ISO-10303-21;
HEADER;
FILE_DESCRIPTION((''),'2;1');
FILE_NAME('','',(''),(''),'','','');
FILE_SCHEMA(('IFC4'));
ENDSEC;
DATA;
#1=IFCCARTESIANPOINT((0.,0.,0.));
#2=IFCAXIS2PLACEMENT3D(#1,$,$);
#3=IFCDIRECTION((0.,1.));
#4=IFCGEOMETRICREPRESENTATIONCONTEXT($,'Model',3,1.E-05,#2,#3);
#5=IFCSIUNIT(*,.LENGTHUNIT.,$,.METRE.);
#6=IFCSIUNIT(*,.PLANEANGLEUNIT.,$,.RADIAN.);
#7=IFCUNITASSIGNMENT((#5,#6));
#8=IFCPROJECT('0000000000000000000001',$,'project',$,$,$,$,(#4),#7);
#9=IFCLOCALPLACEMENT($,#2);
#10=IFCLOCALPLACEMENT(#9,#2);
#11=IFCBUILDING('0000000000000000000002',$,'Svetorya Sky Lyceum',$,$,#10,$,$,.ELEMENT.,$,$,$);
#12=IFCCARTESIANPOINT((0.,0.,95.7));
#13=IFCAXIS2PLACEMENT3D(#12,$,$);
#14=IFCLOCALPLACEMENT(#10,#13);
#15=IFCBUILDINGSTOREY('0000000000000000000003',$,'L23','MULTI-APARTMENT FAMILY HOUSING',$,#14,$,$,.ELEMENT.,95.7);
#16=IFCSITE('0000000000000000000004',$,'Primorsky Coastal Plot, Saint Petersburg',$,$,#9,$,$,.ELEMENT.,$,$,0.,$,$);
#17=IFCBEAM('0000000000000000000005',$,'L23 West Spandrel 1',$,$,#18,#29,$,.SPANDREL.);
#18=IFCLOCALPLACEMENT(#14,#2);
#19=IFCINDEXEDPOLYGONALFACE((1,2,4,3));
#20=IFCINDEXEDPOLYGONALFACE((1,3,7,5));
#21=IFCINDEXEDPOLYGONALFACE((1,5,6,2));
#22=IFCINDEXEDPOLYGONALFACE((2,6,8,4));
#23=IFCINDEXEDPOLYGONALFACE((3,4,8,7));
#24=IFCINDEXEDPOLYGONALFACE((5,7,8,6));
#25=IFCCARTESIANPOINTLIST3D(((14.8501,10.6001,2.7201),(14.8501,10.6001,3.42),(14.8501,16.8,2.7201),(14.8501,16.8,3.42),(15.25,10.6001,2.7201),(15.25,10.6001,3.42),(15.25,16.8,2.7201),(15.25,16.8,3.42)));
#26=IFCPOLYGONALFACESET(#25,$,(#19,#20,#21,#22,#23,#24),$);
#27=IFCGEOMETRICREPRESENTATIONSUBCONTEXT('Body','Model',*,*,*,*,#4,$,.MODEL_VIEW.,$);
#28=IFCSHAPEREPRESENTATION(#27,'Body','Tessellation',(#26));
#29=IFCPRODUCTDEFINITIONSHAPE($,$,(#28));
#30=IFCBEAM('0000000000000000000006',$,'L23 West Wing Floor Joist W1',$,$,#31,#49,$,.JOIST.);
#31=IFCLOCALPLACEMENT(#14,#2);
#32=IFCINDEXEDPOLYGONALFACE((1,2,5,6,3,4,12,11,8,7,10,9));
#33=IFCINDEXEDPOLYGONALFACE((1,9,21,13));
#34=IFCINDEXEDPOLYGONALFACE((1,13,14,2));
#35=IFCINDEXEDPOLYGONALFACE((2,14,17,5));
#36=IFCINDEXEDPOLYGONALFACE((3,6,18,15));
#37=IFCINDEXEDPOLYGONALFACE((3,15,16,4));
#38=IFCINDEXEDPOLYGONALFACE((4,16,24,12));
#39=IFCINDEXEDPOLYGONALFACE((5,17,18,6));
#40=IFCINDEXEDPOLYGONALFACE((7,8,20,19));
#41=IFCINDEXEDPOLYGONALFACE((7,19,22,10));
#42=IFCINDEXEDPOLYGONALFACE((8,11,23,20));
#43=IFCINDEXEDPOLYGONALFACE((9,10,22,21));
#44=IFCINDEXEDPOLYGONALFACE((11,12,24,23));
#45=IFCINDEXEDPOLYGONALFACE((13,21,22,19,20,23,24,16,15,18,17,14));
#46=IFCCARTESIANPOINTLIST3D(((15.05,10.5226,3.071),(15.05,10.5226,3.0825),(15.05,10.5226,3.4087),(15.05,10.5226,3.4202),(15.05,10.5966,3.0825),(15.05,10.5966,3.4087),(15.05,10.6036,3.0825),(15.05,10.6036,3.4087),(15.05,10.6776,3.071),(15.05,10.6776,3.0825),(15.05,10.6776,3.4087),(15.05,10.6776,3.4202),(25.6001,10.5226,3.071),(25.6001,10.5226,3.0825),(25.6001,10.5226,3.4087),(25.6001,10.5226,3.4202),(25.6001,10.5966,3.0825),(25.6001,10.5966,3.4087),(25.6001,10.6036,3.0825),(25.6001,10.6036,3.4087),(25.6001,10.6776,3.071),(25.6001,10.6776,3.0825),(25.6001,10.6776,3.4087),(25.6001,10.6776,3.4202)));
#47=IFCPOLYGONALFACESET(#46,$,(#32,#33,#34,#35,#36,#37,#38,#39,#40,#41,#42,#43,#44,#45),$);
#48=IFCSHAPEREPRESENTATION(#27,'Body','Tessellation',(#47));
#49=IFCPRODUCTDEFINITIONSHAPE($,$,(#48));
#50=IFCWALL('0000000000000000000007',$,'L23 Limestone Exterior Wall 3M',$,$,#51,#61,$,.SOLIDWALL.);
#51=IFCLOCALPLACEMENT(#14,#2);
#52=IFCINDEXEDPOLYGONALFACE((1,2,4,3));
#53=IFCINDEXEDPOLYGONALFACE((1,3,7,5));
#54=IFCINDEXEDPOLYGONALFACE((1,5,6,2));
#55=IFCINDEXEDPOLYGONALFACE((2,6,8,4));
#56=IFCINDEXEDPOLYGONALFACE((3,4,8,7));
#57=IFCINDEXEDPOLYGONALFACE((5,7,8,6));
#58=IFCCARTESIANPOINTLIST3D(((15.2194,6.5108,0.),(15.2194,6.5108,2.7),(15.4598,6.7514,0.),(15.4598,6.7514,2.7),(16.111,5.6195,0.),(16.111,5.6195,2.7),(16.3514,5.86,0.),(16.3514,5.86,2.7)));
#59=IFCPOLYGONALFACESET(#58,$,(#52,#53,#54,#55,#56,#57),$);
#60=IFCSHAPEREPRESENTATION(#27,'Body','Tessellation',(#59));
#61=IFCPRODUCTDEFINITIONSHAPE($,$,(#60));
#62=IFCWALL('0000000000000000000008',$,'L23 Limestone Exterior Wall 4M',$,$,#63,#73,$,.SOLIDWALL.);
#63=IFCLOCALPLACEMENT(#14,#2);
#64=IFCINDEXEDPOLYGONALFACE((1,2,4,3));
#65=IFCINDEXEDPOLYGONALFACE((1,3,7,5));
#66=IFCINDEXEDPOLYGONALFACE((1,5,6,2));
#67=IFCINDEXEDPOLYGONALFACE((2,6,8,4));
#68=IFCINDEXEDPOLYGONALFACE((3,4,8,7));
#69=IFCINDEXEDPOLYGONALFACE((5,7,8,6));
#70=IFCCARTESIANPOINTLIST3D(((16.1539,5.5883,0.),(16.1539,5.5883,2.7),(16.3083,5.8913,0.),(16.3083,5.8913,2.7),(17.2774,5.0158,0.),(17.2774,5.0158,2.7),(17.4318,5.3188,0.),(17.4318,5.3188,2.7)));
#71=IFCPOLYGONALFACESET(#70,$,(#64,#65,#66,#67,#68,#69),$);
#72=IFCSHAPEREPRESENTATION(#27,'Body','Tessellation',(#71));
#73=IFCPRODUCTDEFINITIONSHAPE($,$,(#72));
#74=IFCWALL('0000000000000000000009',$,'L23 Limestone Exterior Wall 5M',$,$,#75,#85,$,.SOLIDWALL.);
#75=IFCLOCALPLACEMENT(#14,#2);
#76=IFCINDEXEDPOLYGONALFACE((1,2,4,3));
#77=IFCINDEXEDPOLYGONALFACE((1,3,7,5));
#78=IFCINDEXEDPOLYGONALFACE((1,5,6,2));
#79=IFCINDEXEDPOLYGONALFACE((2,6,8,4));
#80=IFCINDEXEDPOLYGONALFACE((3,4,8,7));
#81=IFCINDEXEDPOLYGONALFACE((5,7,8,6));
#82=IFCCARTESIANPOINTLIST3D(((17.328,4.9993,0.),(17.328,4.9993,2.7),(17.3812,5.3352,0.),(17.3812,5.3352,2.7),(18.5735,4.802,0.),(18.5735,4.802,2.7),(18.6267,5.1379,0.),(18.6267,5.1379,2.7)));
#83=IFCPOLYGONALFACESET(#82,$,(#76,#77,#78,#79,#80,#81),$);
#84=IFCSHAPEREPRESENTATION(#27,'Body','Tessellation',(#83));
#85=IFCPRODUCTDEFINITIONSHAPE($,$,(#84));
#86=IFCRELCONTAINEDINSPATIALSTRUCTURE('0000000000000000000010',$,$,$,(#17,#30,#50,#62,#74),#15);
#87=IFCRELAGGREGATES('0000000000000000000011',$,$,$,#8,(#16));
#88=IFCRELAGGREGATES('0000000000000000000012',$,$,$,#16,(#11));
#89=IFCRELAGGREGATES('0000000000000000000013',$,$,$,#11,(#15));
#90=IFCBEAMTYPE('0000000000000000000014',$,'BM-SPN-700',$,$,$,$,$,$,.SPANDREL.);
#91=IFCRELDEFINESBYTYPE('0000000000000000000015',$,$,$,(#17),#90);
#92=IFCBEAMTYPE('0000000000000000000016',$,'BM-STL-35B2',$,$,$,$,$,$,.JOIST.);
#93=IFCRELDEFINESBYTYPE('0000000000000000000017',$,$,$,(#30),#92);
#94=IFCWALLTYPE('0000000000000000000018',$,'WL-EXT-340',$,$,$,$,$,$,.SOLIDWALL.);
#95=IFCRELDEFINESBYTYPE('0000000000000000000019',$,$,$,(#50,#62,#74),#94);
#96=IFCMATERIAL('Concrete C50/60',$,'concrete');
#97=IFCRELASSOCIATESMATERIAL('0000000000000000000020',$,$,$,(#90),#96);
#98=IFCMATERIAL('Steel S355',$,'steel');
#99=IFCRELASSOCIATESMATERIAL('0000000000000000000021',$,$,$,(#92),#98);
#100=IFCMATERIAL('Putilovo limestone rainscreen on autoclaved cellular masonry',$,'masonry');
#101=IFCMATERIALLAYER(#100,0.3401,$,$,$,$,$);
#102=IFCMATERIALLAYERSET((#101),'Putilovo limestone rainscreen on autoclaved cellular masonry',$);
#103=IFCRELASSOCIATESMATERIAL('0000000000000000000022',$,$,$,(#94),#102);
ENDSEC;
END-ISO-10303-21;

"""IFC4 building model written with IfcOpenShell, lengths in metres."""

from ifc_helpers import new_model, si_unit, direction, frame, frame_2d, origin, origin_2d, place, context, subcontext, project, spatial, rectangle, i_section, extrude, material, layer, layer_set, material_profile, profile_set, type_object, element, save


model = new_model("IFC4")

# Units and contexts
model_context = context("Model", 3, precision=1e-05, world=origin(), true_north=direction((0.0, 1.0)))
body_context = subcontext(model_context, "Body", "Model", "MODEL_VIEW")
ifc_project = project(units=[si_unit("LENGTHUNIT", "METRE"), si_unit("PLANEANGLEUNIT", "RADIAN")], contexts=[model_context])

# Site, building, storey
site_placement = place(None, origin())
site = spatial("IfcSite", under=ifc_project, at=site_placement, Name="Primorsky Coastal Plot, Saint Petersburg", CompositionType="ELEMENT", RefElevation=0.0)
building_placement = place(site_placement, origin())
building = spatial("IfcBuilding", under=site, at=building_placement, Name="Svetorya Sky Lyceum", CompositionType="ELEMENT")
storey_placement = place(building_placement, frame((0.0, 0.0, 95.7)))
storey = spatial("IfcBuildingStorey", under=building, at=storey_placement, Name="L23", Description="MULTI-APARTMENT FAMILY HOUSING", CompositionType="ELEMENT", Elevation=95.7)

# Beams
ifc_material_1 = material(Name="Concrete C50/60", Category="concrete")
ifc_material_profile_1 = material_profile(ifc_material_1, rectangle(XDim=0.3999, YDim=0.7, at=origin_2d()), Name="RC SPANDREL 400x700")
ifc_profile_set_1 = profile_set([ifc_material_profile_1], Name="Concrete C50/60")
beam_type_1 = type_object("IfcBeamType", Name="BM-SPN-700", PredefinedType="SPANDREL", material=ifc_profile_set_1)
beam_1_placement = place(storey_placement, frame((15.05, 10.6001, 3.0701), z_axis=(0.0, 1.0, 0.0), x_axis=(-1.0, 0.0, 0.0)))
element("IfcBeam", 1, at=beam_1_placement, inside=storey, type_object=beam_type_1, Name="L23 West Spandrel 1", PredefinedType="SPANDREL", context=body_context, shape_type="SweptSolid", body=[
    extrude(rectangle(XDim=0.3999, YDim=0.7, at=origin_2d()), origin(), (0.0, 0.0, 1.0), 6.2),
])
ifc_material_2 = material(Name="Steel S355", Category="steel")
ifc_material_profile_2 = material_profile(ifc_material_2, i_section(OverallWidth=0.155, OverallDepth=0.3491, WebThickness=0.0071, FlangeThickness=0.0115, at=origin_2d()), Name="GOST 35B2")
ifc_profile_set_2 = profile_set([ifc_material_profile_2], Name="Steel S355")
beam_type_2 = type_object("IfcBeamType", Name="BM-STL-35B2", PredefinedType="JOIST", material=ifc_profile_set_2)
beam_2_placement = place(storey_placement, frame((15.05, 10.6001, 3.2456), z_axis=(1.0, 0.0, 0.0), x_axis=(0.0, 1.0, 0.0)))
element("IfcBeam", 2, at=beam_2_placement, inside=storey, type_object=beam_type_2, Name="L23 West Wing Floor Joist W1", PredefinedType="JOIST", context=body_context, shape_type="SweptSolid", body=[
    extrude(i_section(OverallWidth=0.155, OverallDepth=0.3491, WebThickness=0.0071, FlangeThickness=0.0115, at=origin_2d()), origin(), (0.0, 0.0, 1.0), 10.55),
])

# Walls
ifc_material_3 = material(Name="Putilovo limestone rainscreen on autoclaved cellular masonry", Category="masonry")
ifc_layer_1 = layer(ifc_material_3, 0.3401)
ifc_layer_set_1 = layer_set([ifc_layer_1], Name="Putilovo limestone rainscreen on autoclaved cellular masonry")
wall_type_1 = type_object("IfcWallType", Name="WL-EXT-340", PredefinedType="SOLIDWALL", material=ifc_layer_set_1)
wall_1_placement = place(storey_placement, frame((15.3396, 6.6311, 0.0), z_axis=(0.0, 0.0, 1.0), x_axis=(0.707204, -0.70701, 0.0)))
element("IfcWall", 3, at=wall_1_placement, inside=storey, type_object=wall_type_1, Name="L23 Limestone Exterior Wall 3M", PredefinedType="SOLIDWALL", context=body_context, shape_type="SweptSolid", body=[
    extrude(rectangle(XDim=1.2607, YDim=0.3401, at=frame_2d((0.6304, 0.0))), origin(), (0.0, 0.0, 1.0), 2.7),
])
for number, where, z_axis, x_axis, name in (
    (4, (16.2312, 5.7397, 0.0), (0.0, 0.0, 1.0), (0.890994, -0.454016, 0.0), "L23 Limestone Exterior Wall 4M"),
    (5, (17.3547, 5.1672, 0.0), (0.0, 0.0, 1.0), (0.987686, -0.15645, 0.0), "L23 Limestone Exterior Wall 5M"),
):
    element("IfcWall", number, at=place(storey_placement, frame(where, z_axis=z_axis, x_axis=x_axis)), inside=storey, type_object=wall_type_1, Name=name, PredefinedType="SOLIDWALL", context=body_context, shape_type="SweptSolid", body=[
        extrude(rectangle(XDim=1.261, YDim=0.3401, at=frame_2d((0.6304, 0.0))), origin(), (0.0, 0.0, 1.0), 2.7),
    ])

save(model, "model.ifc")
